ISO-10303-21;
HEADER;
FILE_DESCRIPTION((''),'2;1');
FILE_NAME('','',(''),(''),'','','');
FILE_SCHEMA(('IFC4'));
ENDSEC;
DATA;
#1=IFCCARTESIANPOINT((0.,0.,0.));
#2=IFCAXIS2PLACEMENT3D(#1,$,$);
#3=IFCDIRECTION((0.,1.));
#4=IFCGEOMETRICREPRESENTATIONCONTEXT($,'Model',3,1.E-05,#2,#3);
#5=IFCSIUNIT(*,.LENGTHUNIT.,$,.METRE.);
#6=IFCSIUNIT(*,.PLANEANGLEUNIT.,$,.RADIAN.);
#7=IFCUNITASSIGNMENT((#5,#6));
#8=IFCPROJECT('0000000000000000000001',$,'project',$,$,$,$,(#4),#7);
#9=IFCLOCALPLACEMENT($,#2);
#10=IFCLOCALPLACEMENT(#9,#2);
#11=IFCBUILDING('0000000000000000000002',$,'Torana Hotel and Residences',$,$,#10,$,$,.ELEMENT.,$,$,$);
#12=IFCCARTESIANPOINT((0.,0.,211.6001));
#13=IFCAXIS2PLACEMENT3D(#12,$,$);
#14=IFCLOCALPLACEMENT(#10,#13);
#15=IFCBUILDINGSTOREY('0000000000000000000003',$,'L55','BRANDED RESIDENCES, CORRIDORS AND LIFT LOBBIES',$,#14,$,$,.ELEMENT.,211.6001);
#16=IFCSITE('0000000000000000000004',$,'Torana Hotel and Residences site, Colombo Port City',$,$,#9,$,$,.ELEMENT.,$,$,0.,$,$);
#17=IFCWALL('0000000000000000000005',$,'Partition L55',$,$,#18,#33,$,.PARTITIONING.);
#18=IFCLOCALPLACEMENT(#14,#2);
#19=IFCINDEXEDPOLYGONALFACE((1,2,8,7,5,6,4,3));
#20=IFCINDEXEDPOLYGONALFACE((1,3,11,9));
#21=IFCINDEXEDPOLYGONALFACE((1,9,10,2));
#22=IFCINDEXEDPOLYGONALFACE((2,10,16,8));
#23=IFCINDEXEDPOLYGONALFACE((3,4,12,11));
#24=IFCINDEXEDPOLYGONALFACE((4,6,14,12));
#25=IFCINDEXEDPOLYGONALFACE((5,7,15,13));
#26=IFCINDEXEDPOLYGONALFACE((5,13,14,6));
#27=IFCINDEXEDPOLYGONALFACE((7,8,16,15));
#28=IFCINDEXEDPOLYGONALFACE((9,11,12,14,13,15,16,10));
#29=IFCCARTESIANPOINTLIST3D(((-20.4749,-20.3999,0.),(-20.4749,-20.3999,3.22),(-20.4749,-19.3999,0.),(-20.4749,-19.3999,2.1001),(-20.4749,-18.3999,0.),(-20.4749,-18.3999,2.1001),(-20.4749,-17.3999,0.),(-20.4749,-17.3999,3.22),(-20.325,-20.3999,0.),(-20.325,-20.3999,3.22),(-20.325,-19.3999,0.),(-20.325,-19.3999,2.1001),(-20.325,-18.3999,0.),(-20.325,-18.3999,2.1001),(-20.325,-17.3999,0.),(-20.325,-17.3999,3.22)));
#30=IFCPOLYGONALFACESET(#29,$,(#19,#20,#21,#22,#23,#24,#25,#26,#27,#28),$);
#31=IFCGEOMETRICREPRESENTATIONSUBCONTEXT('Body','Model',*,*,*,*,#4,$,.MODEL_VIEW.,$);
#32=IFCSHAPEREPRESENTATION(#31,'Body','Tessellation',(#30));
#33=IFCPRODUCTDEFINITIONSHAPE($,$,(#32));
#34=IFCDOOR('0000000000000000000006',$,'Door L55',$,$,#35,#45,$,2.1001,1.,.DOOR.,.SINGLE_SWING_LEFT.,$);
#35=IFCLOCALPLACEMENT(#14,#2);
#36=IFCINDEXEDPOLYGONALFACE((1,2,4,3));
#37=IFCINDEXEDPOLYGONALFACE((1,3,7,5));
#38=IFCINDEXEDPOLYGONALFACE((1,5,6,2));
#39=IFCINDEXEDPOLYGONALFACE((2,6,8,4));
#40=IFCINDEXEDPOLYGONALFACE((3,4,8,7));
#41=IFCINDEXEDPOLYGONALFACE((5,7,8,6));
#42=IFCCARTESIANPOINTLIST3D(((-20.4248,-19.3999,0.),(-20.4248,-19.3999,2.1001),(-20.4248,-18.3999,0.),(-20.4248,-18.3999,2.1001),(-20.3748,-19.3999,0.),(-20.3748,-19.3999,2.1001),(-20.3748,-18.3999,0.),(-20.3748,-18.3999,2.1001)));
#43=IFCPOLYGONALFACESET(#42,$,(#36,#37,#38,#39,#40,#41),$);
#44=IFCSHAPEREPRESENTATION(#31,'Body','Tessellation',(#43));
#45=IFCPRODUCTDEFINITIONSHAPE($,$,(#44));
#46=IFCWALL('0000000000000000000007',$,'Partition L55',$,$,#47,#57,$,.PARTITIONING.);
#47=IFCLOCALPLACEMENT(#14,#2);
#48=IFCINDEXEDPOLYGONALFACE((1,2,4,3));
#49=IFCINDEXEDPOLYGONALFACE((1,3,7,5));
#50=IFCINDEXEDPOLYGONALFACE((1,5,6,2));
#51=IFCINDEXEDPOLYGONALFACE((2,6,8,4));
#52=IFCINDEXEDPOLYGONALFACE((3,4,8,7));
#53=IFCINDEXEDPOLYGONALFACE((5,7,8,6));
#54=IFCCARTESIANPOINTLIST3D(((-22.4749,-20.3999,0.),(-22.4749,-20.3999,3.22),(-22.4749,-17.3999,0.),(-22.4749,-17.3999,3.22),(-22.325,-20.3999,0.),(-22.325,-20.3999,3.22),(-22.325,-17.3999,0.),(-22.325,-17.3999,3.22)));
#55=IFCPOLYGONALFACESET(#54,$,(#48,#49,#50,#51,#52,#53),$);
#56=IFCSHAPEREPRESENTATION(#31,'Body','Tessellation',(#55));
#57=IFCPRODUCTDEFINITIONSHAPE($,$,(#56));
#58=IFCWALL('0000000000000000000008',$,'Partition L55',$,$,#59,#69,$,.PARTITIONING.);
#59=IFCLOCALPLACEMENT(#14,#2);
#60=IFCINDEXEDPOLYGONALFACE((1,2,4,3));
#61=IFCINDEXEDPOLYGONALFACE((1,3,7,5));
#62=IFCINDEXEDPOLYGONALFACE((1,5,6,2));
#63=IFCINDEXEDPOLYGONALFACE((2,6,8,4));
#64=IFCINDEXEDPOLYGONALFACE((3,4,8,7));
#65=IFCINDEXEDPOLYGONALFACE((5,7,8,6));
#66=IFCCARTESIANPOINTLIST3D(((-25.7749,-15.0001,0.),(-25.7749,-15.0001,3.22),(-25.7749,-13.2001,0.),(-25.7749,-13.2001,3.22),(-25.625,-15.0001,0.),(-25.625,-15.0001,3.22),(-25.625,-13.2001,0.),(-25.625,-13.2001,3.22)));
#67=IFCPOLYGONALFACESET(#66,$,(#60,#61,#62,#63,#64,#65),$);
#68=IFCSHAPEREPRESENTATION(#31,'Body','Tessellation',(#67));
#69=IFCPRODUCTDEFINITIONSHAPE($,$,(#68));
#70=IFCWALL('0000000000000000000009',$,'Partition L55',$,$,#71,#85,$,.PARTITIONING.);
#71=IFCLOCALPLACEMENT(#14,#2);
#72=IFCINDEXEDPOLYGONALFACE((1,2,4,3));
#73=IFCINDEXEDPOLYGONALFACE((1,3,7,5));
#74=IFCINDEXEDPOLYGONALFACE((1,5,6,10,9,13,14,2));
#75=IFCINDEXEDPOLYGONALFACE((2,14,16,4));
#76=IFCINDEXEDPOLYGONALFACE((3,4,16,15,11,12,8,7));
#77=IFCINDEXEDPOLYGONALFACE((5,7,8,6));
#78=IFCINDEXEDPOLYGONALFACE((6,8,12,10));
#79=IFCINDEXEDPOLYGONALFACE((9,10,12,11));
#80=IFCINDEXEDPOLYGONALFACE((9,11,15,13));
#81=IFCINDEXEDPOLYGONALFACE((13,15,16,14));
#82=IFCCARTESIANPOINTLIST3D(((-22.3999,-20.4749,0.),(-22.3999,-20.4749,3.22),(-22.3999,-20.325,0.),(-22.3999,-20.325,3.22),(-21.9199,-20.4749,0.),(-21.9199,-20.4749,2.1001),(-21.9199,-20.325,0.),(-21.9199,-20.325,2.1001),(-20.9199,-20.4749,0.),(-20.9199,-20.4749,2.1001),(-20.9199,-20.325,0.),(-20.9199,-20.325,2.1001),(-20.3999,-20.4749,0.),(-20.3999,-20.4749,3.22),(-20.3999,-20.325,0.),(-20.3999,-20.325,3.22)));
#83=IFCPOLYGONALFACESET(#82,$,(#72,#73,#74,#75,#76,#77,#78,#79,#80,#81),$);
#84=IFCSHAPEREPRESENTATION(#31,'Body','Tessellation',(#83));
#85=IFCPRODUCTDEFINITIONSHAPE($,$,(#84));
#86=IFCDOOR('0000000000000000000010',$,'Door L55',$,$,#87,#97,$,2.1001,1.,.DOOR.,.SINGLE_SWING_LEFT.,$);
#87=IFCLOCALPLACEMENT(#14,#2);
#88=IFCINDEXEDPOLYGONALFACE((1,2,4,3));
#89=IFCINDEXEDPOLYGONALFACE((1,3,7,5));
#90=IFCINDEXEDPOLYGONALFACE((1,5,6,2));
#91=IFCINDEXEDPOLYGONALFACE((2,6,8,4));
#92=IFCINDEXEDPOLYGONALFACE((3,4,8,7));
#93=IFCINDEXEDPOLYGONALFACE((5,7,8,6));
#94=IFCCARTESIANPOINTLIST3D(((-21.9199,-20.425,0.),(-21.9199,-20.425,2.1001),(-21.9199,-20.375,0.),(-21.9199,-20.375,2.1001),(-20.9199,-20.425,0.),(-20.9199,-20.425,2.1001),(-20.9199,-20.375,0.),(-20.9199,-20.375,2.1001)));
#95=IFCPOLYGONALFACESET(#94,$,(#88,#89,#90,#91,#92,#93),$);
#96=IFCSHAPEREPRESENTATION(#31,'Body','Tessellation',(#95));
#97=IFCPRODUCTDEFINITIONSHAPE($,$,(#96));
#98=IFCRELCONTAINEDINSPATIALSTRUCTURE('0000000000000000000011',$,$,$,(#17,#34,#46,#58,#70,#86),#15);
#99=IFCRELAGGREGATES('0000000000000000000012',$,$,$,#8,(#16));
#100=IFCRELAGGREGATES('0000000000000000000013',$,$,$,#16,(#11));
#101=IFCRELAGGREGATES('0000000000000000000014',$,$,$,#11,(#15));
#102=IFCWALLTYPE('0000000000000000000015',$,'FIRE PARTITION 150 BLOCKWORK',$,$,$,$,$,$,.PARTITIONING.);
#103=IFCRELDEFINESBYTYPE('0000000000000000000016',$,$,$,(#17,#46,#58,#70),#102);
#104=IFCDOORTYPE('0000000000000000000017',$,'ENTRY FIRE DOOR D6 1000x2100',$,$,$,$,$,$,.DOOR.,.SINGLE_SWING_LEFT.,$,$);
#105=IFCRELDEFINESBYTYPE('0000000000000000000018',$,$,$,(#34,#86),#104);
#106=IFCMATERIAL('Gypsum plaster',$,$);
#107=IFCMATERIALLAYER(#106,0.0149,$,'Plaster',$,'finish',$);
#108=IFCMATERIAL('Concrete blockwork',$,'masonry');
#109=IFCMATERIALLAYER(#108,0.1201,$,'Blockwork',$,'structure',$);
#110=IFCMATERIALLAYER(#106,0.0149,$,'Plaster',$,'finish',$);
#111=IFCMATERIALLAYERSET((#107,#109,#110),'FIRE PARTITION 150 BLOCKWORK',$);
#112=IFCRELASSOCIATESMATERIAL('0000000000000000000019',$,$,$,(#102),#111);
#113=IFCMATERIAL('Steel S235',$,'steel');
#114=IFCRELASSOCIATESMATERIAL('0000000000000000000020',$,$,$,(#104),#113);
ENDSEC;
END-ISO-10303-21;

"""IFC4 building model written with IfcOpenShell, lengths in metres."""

from ifc_helpers import new_model, si_unit, direction, frame, frame_2d, origin, place, context, subcontext, project, spatial, rectangle, extrude, material, layer, layer_set, type_object, element, fill, save


model = new_model("IFC4")

# Units and contexts
model_context = context("Model", 3, precision=1e-05, world=origin(), true_north=direction((0.0, 1.0)))
body_context = subcontext(model_context, "Body", "Model", "MODEL_VIEW")
ifc_project = project(units=[si_unit("LENGTHUNIT", "METRE"), si_unit("PLANEANGLEUNIT", "RADIAN")], contexts=[model_context])

# Site, building, storey
site_placement = place(None, origin())
site = spatial("IfcSite", under=ifc_project, at=site_placement, Name="Torana Hotel and Residences site, Colombo Port City", CompositionType="ELEMENT", RefElevation=0.0)
building_placement = place(site_placement, origin())
building = spatial("IfcBuilding", under=site, at=building_placement, Name="Torana Hotel and Residences", CompositionType="ELEMENT")
storey_placement = place(building_placement, frame((0.0, 0.0, 211.6001)))
storey = spatial("IfcBuildingStorey", under=building, at=storey_placement, Name="L55", Description="BRANDED RESIDENCES, CORRIDORS AND LIFT LOBBIES", CompositionType="ELEMENT", Elevation=211.6001)

# Wall, opening, door
ifc_material_1 = material(Name="Gypsum plaster")
ifc_layer_1 = layer(ifc_material_1, 0.0149, Name="Plaster", Category="finish")
ifc_material_2 = material(Name="Concrete blockwork", Category="masonry")
ifc_layer_2 = layer(ifc_material_2, 0.1201, Name="Blockwork", Category="structure")
ifc_layer_3 = layer(ifc_material_1, 0.0149, Name="Plaster", Category="finish")
ifc_layer_set_1 = layer_set([ifc_layer_1, ifc_layer_2, ifc_layer_3], Name="FIRE PARTITION 150 BLOCKWORK")
wall_type_1 = type_object("IfcWallType", Name="FIRE PARTITION 150 BLOCKWORK", PredefinedType="PARTITIONING", material=ifc_layer_set_1)
wall_1_placement = place(storey_placement, frame((-20.3999, -20.3999, 0.0), z_axis=(0.0, 0.0, 1.0), x_axis=(0.0, 1.0, 0.0)))
wall_1 = element("IfcWall", 1, at=wall_1_placement, inside=storey, type_object=wall_type_1, Name="Partition L55", PredefinedType="PARTITIONING", context=body_context, shape_type="SweptSolid", body=[
    extrude(rectangle(XDim=3.0, YDim=0.1499, at=frame_2d((1.5, 0.0))), origin(), (0.0, 0.0, 1.0), 3.22),
])
opening_1_placement = place(wall_1_placement, frame((1.0, 0.0, 0.0)))
opening_1 = element("IfcOpeningElement", 2, at=opening_1_placement, cuts=wall_1, PredefinedType="OPENING", context=body_context, shape_type="SweptSolid", body=[
    extrude(rectangle(XDim=1.0, YDim=2.1001, at=frame_2d((0.5, 1.05))), frame((0.0, 0.085, 0.0), z_axis=(0.0, -1.0, 0.0), x_axis=(1.0, 0.0, 0.0)), (0.0, 0.0, 1.0), 0.1699),
])
ifc_material_3 = material(Name="Steel S235", Category="steel")
door_type_1 = type_object("IfcDoorType", Name="ENTRY FIRE DOOR D6 1000x2100", OperationType="SINGLE_SWING_LEFT", PredefinedType="DOOR", material=ifc_material_3)
door_1_placement = place(opening_1_placement, frame((0.5, 0.0, 0.0), z_axis=(0.0, 0.0, 1.0), x_axis=(-1.0, 0.0, 0.0)))
door_1 = element("IfcDoor", 3, at=door_1_placement, inside=storey, type_object=door_type_1, Name="Door L55", OperationType="SINGLE_SWING_LEFT", OverallHeight=2.1001, OverallWidth=1.0, PredefinedType="DOOR", context=body_context, shape_type="SweptSolid", body=[
    extrude(rectangle(XDim=1.0, YDim=2.1001, at=frame_2d((0.0, 1.05))), frame((0.0, -0.0249, 0.0), z_axis=(0.0, 1.0, 0.0), x_axis=(-1.0, 0.0, 0.0)), (0.0, 0.0, 1.0), 0.05),
])
fill(opening_1, door_1)

# Walls
wall_2_placement = place(storey_placement, frame((-22.3999, -20.3999, 0.0), z_axis=(0.0, 0.0, 1.0), x_axis=(0.0, 1.0, 0.0)))
element("IfcWall", 4, at=wall_2_placement, inside=storey, type_object=wall_type_1, Name="Partition L55", PredefinedType="PARTITIONING", context=body_context, shape_type="SweptSolid", body=[
    extrude(rectangle(XDim=3.0, YDim=0.1499, at=frame_2d((1.5, 0.0))), origin(), (0.0, 0.0, 1.0), 3.22),
])
wall_3_placement = place(storey_placement, frame((-25.7, -15.0, 0.0), z_axis=(0.0, 0.0, 1.0), x_axis=(0.0, 1.0, 0.0)))
element("IfcWall", 5, at=wall_3_placement, inside=storey, type_object=wall_type_1, Name="Partition L55", PredefinedType="PARTITIONING", context=body_context, shape_type="SweptSolid", body=[
    extrude(rectangle(XDim=1.8, YDim=0.1499, at=frame_2d((0.8999, 0.0))), origin(), (0.0, 0.0, 1.0), 3.22),
])

# Wall, opening, door
wall_4_placement = place(storey_placement, frame((-22.3999, -20.3999, 0.0), z_axis=(0.0, 0.0, 1.0), x_axis=(1.0, 0.0, 0.0)))
wall_4 = element("IfcWall", 6, at=wall_4_placement, inside=storey, type_object=wall_type_1, Name="Partition L55", PredefinedType="PARTITIONING", context=body_context, shape_type="SweptSolid", body=[
    extrude(rectangle(XDim=2.0, YDim=0.1499, at=frame_2d((1.0, 0.0))), origin(), (0.0, 0.0, 1.0), 3.22),
])
opening_2_placement = place(wall_4_placement, frame((0.48, 0.0, 0.0)))
opening_2 = element("IfcOpeningElement", 7, at=opening_2_placement, cuts=wall_4, PredefinedType="OPENING", context=body_context, shape_type="SweptSolid", body=[
    extrude(rectangle(XDim=1.0, YDim=2.1001, at=frame_2d((0.5, 1.05))), frame((0.0, 0.085, 0.0), z_axis=(0.0, -1.0, 0.0), x_axis=(1.0, 0.0, 0.0)), (0.0, 0.0, 1.0), 0.1699),
])
door_2_placement = place(opening_2_placement, frame((0.5, 0.0, 0.0), z_axis=(0.0, 0.0, 1.0), x_axis=(-1.0, 0.0, 0.0)))
door_2 = element("IfcDoor", 8, at=door_2_placement, inside=storey, type_object=door_type_1, Name="Door L55", OperationType="SINGLE_SWING_LEFT", OverallHeight=2.1001, OverallWidth=1.0, PredefinedType="DOOR", context=body_context, shape_type="SweptSolid", body=[
    extrude(rectangle(XDim=1.0, YDim=2.1001, at=frame_2d((0.0, 1.05))), frame((0.0, -0.0249, 0.0), z_axis=(0.0, 1.0, 0.0), x_axis=(-1.0, 0.0, 0.0)), (0.0, 0.0, 1.0), 0.05),
])
fill(opening_2, door_2)

save(model, "model.ifc")
